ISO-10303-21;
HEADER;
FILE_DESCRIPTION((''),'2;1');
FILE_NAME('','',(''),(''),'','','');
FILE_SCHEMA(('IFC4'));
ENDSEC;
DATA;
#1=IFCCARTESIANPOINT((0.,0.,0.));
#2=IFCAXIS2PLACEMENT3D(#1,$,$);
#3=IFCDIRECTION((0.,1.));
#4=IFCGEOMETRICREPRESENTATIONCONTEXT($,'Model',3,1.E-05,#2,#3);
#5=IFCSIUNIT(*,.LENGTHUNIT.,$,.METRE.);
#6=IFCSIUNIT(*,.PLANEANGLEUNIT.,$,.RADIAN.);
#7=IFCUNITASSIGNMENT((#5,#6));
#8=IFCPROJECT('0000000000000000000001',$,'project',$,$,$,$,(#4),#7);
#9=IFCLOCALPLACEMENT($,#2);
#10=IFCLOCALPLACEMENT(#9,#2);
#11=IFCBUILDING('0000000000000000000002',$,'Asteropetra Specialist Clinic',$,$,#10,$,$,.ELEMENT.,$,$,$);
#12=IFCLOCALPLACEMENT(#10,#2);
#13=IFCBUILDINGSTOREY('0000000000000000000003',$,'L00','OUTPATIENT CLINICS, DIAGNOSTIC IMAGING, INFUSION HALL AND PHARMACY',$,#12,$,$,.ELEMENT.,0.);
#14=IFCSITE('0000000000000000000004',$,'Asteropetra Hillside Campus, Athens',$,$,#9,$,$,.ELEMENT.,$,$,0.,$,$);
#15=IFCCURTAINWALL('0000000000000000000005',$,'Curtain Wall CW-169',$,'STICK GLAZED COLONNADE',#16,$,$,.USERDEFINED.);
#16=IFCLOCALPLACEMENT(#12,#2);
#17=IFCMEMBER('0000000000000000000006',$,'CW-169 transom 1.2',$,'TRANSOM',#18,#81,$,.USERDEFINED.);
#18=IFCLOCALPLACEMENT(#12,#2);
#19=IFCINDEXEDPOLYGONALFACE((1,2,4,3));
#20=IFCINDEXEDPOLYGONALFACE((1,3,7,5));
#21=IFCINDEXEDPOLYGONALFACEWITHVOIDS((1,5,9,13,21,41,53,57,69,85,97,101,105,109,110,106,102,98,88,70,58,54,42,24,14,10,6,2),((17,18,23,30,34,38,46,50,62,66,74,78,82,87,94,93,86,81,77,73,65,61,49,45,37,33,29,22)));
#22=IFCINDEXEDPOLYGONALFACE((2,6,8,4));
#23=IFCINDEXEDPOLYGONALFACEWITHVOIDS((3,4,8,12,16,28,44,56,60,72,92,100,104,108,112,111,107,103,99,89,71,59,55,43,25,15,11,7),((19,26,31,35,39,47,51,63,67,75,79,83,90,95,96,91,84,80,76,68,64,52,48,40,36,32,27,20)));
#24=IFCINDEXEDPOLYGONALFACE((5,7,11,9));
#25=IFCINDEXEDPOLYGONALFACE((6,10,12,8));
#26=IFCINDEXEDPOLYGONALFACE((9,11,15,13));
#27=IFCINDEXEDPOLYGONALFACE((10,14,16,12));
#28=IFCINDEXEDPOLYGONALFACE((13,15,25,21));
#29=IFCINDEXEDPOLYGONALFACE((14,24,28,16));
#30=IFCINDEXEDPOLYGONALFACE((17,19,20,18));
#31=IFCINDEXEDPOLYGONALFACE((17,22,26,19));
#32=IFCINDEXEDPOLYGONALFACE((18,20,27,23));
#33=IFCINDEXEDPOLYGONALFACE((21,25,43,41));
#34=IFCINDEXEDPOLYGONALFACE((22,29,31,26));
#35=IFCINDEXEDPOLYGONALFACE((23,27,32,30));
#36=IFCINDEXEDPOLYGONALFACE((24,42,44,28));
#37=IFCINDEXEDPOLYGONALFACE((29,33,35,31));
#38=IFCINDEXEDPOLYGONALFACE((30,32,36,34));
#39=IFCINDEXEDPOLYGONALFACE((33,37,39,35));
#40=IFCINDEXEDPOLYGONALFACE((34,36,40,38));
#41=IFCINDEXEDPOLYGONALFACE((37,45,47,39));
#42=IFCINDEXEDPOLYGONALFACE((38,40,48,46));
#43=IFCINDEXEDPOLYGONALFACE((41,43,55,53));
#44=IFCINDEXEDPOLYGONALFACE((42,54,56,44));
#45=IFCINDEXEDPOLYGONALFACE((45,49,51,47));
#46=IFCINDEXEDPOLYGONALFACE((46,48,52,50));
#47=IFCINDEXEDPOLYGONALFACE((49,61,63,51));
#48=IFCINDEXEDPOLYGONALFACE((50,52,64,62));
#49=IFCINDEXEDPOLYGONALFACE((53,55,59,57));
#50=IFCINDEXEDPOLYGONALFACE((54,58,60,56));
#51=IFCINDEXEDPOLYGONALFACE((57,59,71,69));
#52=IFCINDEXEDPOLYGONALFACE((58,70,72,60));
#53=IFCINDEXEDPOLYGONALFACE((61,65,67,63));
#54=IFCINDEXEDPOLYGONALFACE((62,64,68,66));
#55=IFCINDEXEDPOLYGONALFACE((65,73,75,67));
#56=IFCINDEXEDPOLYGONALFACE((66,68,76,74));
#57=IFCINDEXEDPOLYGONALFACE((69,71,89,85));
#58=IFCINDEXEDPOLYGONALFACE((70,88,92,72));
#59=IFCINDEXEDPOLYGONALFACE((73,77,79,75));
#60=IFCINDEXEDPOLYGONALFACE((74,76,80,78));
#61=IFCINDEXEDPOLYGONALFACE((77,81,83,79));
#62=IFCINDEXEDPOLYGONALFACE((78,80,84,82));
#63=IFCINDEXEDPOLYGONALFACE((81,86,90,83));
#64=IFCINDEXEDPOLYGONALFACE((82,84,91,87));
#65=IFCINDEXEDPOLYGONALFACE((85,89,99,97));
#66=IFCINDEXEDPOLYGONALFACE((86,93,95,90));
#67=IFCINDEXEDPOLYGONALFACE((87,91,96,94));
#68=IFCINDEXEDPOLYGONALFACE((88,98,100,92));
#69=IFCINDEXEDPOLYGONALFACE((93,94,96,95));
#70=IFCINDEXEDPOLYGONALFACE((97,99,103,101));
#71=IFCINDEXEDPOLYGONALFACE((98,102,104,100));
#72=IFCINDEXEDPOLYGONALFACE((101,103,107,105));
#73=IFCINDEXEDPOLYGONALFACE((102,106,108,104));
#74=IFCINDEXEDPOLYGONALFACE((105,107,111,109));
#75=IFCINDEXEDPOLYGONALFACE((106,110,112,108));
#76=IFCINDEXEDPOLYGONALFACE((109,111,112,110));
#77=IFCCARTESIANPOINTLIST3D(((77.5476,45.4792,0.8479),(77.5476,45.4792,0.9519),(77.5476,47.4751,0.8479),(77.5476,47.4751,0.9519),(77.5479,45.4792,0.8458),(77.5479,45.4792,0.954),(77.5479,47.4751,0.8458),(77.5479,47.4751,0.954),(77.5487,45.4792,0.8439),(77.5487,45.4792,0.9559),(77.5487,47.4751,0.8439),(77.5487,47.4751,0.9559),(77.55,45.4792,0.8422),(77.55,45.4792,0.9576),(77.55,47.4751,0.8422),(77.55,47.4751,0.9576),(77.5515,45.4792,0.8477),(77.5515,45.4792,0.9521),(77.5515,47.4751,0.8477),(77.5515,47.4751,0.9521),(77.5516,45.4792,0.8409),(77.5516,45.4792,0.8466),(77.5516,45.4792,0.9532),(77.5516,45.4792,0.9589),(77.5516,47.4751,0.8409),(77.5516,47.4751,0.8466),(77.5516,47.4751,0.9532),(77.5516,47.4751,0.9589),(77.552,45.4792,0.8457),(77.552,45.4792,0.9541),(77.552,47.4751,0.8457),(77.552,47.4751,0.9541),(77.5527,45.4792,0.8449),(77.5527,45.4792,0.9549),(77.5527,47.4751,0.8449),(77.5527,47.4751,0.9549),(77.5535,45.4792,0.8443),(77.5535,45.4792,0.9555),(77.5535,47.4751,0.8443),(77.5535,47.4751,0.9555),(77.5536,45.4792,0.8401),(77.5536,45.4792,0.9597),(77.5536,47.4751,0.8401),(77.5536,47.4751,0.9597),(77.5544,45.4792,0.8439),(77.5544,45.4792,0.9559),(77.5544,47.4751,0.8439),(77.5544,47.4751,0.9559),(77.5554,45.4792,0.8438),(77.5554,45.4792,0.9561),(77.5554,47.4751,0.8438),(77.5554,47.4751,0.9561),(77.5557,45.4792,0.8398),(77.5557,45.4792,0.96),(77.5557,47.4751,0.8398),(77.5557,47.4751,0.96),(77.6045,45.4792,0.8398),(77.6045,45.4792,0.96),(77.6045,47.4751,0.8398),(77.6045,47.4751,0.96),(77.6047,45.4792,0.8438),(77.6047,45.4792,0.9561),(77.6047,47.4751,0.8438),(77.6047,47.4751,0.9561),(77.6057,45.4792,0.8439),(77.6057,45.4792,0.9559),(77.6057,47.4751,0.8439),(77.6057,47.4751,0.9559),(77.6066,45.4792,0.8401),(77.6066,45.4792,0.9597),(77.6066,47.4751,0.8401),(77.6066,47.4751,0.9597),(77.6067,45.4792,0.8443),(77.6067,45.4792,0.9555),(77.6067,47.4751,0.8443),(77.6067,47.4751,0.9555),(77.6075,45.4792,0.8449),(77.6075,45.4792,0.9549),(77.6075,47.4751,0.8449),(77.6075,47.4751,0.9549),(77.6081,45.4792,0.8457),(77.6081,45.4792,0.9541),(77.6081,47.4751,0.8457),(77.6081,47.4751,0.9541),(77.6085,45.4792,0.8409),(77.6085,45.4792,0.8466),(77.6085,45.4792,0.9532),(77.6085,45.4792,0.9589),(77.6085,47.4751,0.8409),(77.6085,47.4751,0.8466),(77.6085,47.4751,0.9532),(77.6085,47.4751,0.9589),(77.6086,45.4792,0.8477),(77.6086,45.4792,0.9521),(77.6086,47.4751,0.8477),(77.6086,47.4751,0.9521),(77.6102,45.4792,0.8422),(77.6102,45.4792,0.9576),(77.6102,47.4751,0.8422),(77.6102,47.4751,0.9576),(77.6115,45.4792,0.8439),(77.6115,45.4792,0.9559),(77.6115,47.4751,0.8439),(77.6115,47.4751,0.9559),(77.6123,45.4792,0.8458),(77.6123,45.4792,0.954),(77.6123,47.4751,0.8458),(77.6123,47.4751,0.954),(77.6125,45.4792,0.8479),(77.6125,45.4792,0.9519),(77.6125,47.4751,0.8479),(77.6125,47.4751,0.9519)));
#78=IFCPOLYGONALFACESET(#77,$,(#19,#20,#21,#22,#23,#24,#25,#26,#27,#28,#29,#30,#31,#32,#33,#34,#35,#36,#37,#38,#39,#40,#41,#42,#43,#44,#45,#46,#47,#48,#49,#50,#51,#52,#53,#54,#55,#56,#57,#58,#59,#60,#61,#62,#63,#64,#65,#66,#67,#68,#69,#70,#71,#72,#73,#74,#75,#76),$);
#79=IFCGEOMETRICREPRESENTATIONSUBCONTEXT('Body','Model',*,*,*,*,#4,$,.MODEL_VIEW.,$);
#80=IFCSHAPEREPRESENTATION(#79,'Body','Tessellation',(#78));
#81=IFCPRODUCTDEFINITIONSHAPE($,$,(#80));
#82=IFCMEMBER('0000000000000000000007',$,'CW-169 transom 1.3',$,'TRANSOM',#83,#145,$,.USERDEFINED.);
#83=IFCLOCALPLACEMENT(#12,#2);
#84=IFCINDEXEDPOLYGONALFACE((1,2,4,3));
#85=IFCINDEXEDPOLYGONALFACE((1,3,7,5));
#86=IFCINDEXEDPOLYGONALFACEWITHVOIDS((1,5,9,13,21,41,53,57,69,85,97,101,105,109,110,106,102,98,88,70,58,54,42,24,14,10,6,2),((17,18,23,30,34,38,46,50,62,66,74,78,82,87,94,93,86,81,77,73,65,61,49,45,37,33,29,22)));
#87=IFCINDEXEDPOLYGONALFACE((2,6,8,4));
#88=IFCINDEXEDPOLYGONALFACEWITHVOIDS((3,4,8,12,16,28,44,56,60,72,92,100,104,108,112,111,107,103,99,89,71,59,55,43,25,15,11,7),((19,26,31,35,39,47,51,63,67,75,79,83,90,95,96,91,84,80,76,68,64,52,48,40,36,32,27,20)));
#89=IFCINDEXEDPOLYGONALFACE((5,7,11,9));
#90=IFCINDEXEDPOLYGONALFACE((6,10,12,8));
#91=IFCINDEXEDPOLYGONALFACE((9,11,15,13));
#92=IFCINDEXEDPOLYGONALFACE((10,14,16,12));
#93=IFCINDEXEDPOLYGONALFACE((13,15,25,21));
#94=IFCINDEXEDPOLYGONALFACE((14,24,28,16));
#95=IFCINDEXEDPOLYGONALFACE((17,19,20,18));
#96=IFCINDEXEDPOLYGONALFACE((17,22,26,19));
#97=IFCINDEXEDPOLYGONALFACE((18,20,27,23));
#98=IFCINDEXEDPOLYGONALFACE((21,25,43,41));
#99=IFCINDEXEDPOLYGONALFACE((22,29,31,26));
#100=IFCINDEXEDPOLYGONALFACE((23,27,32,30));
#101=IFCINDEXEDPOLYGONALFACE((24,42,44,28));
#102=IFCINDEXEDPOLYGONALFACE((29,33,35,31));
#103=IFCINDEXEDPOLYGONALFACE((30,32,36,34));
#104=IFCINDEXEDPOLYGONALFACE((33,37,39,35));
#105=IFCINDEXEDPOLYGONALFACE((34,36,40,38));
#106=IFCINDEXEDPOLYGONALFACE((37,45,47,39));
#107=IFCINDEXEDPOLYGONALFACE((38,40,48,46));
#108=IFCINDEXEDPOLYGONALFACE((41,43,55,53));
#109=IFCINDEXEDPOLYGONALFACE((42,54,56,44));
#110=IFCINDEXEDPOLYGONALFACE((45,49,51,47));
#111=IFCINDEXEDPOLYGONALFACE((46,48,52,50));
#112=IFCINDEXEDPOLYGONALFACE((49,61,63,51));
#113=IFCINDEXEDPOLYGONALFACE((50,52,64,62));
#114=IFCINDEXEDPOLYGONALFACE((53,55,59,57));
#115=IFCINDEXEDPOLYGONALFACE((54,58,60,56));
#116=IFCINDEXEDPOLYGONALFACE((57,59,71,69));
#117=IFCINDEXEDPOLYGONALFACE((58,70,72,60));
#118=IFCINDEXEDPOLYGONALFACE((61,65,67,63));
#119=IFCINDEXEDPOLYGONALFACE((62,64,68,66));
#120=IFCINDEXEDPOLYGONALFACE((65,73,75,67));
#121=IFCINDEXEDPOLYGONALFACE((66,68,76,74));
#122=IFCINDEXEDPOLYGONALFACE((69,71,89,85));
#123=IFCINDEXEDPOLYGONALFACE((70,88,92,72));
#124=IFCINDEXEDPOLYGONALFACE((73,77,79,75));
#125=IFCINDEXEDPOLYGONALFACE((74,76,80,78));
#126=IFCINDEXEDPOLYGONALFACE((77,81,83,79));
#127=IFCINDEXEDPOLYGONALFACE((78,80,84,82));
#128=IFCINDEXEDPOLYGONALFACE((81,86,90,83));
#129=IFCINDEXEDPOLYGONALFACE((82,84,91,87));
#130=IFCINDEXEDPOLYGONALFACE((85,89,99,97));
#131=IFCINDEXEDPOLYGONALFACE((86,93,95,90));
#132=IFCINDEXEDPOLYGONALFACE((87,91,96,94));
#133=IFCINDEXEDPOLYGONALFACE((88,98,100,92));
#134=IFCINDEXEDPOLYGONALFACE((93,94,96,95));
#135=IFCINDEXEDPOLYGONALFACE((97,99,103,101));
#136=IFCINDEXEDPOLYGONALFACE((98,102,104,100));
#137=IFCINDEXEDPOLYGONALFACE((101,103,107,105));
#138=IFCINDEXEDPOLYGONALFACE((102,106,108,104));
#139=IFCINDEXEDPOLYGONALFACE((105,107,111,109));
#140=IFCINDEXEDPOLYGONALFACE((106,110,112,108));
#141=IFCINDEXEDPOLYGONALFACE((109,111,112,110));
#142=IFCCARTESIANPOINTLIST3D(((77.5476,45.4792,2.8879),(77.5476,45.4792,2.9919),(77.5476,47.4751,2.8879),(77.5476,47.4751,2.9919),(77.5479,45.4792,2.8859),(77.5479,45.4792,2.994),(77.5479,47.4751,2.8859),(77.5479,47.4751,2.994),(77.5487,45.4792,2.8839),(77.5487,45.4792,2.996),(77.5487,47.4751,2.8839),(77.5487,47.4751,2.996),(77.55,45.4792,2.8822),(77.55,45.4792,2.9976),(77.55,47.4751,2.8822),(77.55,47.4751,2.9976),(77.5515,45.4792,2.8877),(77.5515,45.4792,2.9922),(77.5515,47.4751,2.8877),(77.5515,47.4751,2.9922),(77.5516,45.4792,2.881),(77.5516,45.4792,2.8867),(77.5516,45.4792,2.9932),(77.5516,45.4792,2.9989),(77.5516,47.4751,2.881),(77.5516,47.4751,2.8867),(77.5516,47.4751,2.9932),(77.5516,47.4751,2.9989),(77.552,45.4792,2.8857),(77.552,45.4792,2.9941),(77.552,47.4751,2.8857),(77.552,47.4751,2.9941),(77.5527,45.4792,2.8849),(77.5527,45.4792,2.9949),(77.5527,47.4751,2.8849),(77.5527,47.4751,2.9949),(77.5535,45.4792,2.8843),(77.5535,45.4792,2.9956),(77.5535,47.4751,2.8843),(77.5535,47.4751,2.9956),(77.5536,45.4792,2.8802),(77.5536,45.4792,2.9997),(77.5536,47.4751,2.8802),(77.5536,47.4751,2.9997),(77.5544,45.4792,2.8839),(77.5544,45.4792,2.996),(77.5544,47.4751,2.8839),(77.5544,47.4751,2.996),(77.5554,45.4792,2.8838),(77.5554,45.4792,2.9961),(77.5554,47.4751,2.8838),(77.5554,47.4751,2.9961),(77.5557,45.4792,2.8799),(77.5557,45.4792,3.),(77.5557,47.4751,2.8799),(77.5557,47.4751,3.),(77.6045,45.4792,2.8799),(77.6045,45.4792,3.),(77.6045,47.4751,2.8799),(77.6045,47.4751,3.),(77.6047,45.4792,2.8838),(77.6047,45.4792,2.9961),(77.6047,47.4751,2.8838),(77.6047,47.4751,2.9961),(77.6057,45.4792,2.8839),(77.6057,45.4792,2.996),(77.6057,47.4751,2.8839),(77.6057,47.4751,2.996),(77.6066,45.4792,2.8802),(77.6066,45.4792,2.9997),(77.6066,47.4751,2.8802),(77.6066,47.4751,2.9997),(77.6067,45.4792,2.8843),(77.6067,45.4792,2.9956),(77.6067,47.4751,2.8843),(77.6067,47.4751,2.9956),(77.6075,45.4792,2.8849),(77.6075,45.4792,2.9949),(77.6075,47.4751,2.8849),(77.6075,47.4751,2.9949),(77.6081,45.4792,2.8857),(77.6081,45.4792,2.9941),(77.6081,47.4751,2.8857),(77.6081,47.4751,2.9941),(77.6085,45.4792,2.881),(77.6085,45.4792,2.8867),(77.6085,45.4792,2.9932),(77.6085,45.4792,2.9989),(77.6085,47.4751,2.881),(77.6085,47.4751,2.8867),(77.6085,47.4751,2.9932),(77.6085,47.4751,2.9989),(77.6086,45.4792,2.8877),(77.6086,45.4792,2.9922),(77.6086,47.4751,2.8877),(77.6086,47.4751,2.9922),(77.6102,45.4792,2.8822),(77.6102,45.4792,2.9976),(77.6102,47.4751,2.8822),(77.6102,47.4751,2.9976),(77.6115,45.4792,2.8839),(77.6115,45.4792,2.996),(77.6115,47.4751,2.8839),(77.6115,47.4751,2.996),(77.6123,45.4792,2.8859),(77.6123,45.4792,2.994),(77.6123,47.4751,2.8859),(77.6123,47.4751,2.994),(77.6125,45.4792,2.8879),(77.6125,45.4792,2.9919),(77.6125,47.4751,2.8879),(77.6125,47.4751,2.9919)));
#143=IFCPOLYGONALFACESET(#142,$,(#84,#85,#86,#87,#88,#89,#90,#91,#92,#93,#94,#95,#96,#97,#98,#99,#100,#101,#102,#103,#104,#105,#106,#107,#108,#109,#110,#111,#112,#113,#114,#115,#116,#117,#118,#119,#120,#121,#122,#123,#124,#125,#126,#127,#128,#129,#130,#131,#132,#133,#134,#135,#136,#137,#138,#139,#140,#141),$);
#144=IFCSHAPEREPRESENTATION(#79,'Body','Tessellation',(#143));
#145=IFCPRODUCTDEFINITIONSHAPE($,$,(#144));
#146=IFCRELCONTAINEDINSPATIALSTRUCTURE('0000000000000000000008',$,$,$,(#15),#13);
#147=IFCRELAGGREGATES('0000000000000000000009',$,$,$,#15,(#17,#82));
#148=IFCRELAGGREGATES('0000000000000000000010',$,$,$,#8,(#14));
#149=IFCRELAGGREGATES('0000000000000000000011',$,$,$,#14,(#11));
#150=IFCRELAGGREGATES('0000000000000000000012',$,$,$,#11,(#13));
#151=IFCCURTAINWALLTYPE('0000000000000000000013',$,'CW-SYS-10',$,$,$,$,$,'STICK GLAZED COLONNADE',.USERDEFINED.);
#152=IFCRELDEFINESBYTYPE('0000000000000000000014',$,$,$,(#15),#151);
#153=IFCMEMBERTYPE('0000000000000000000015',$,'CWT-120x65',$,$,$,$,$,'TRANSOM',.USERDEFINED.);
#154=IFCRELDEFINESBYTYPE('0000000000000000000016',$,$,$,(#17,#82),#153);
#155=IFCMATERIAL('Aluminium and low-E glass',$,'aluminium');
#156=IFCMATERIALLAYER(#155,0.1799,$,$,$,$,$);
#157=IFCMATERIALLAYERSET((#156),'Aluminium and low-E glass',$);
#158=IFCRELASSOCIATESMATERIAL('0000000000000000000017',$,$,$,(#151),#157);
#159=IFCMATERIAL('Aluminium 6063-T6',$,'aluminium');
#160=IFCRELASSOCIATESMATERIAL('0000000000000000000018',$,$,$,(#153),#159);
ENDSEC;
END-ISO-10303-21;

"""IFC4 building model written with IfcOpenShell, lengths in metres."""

from ifc_helpers import new_model, si_unit, direction, frame, origin, origin_2d, place, context, subcontext, project, spatial, hollow_rectangle, extrude, material, layer, layer_set, material_profile, profile_set, type_object, element, aggregate, save


model = new_model("IFC4")

# Units and contexts
model_context = context("Model", 3, precision=1e-05, world=origin(), true_north=direction((0.0, 1.0)))
body_context = subcontext(model_context, "Body", "Model", "MODEL_VIEW")
ifc_project = project(units=[si_unit("LENGTHUNIT", "METRE"), si_unit("PLANEANGLEUNIT", "RADIAN")], contexts=[model_context])

# Site, building, storey
site_placement = place(None, origin())
site = spatial("IfcSite", under=ifc_project, at=site_placement, Name="Asteropetra Hillside Campus, Athens", CompositionType="ELEMENT", RefElevation=0.0)
building_placement = place(site_placement, origin())
building = spatial("IfcBuilding", under=site, at=building_placement, Name="Asteropetra Specialist Clinic", CompositionType="ELEMENT")
storey_placement = place(building_placement, origin())
storey = spatial("IfcBuildingStorey", under=building, at=storey_placement, Name="L00", Description="OUTPATIENT CLINICS, DIAGNOSTIC IMAGING, INFUSION HALL AND PHARMACY", CompositionType="ELEMENT", Elevation=0.0)

# Curtain wall, members
ifc_material_1 = material(Name="Aluminium and low-E glass", Category="aluminium")
ifc_layer_1 = layer(ifc_material_1, 0.1799)
ifc_layer_set_1 = layer_set([ifc_layer_1], Name="Aluminium and low-E glass")
curtain_wall_type = type_object("IfcCurtainWallType", Name="CW-SYS-10", ElementType="STICK GLAZED COLONNADE", PredefinedType="USERDEFINED", material=ifc_layer_set_1)
curtain_wall_placement = place(storey_placement, origin())
curtain_wall = element("IfcCurtainWall", 1, at=curtain_wall_placement, inside=storey, type_object=curtain_wall_type, Name="Curtain Wall CW-169", ObjectType="STICK GLAZED COLONNADE", PredefinedType="USERDEFINED")
ifc_material_2 = material(Name="Aluminium 6063-T6", Category="aluminium")
ifc_material_profile_1 = material_profile(ifc_material_2, hollow_rectangle(XDim=0.0649, YDim=0.1201, WallThickness=0.0039, InnerFilletRadius=0.0039, OuterFilletRadius=0.0081, at=origin_2d()), Name="TRN 120x65x4.0")
ifc_profile_set_1 = profile_set([ifc_material_profile_1], Name="Aluminium 6063-T6")
member_type_1 = type_object("IfcMemberType", Name="CWT-120x65", ElementType="TRANSOM", PredefinedType="USERDEFINED", material=ifc_profile_set_1)
member_1_placement = place(storey_placement, frame((77.5801, 47.4751, 0.8999), z_axis=(0.0, -1.0, 0.0), x_axis=(1.0, 0.0, 0.0)))
member_1 = element("IfcMember", 2, at=member_1_placement, type_object=member_type_1, Name="CW-169 transom 1.2", ObjectType="TRANSOM", PredefinedType="USERDEFINED", context=body_context, shape_type="SweptSolid", body=[
    extrude(hollow_rectangle(XDim=0.0649, YDim=0.1201, WallThickness=0.0039, InnerFilletRadius=0.0039, OuterFilletRadius=0.0081, at=origin_2d()), origin(), (0.0, 0.0, 1.0), 1.9958),
])
member_2_placement = place(storey_placement, frame((77.5801, 47.4751, 2.9399), z_axis=(0.0, -1.0, 0.0), x_axis=(1.0, 0.0, 0.0)))
member_2 = element("IfcMember", 3, at=member_2_placement, type_object=member_type_1, Name="CW-169 transom 1.3", ObjectType="TRANSOM", PredefinedType="USERDEFINED", context=body_context, shape_type="SweptSolid", body=[
    extrude(hollow_rectangle(XDim=0.0649, YDim=0.1201, WallThickness=0.0039, InnerFilletRadius=0.0039, OuterFilletRadius=0.0081, at=origin_2d()), origin(), (0.0, 0.0, 1.0), 1.9958),
])
aggregate(curtain_wall, [member_1, member_2])

save(model, "model.ifc")
